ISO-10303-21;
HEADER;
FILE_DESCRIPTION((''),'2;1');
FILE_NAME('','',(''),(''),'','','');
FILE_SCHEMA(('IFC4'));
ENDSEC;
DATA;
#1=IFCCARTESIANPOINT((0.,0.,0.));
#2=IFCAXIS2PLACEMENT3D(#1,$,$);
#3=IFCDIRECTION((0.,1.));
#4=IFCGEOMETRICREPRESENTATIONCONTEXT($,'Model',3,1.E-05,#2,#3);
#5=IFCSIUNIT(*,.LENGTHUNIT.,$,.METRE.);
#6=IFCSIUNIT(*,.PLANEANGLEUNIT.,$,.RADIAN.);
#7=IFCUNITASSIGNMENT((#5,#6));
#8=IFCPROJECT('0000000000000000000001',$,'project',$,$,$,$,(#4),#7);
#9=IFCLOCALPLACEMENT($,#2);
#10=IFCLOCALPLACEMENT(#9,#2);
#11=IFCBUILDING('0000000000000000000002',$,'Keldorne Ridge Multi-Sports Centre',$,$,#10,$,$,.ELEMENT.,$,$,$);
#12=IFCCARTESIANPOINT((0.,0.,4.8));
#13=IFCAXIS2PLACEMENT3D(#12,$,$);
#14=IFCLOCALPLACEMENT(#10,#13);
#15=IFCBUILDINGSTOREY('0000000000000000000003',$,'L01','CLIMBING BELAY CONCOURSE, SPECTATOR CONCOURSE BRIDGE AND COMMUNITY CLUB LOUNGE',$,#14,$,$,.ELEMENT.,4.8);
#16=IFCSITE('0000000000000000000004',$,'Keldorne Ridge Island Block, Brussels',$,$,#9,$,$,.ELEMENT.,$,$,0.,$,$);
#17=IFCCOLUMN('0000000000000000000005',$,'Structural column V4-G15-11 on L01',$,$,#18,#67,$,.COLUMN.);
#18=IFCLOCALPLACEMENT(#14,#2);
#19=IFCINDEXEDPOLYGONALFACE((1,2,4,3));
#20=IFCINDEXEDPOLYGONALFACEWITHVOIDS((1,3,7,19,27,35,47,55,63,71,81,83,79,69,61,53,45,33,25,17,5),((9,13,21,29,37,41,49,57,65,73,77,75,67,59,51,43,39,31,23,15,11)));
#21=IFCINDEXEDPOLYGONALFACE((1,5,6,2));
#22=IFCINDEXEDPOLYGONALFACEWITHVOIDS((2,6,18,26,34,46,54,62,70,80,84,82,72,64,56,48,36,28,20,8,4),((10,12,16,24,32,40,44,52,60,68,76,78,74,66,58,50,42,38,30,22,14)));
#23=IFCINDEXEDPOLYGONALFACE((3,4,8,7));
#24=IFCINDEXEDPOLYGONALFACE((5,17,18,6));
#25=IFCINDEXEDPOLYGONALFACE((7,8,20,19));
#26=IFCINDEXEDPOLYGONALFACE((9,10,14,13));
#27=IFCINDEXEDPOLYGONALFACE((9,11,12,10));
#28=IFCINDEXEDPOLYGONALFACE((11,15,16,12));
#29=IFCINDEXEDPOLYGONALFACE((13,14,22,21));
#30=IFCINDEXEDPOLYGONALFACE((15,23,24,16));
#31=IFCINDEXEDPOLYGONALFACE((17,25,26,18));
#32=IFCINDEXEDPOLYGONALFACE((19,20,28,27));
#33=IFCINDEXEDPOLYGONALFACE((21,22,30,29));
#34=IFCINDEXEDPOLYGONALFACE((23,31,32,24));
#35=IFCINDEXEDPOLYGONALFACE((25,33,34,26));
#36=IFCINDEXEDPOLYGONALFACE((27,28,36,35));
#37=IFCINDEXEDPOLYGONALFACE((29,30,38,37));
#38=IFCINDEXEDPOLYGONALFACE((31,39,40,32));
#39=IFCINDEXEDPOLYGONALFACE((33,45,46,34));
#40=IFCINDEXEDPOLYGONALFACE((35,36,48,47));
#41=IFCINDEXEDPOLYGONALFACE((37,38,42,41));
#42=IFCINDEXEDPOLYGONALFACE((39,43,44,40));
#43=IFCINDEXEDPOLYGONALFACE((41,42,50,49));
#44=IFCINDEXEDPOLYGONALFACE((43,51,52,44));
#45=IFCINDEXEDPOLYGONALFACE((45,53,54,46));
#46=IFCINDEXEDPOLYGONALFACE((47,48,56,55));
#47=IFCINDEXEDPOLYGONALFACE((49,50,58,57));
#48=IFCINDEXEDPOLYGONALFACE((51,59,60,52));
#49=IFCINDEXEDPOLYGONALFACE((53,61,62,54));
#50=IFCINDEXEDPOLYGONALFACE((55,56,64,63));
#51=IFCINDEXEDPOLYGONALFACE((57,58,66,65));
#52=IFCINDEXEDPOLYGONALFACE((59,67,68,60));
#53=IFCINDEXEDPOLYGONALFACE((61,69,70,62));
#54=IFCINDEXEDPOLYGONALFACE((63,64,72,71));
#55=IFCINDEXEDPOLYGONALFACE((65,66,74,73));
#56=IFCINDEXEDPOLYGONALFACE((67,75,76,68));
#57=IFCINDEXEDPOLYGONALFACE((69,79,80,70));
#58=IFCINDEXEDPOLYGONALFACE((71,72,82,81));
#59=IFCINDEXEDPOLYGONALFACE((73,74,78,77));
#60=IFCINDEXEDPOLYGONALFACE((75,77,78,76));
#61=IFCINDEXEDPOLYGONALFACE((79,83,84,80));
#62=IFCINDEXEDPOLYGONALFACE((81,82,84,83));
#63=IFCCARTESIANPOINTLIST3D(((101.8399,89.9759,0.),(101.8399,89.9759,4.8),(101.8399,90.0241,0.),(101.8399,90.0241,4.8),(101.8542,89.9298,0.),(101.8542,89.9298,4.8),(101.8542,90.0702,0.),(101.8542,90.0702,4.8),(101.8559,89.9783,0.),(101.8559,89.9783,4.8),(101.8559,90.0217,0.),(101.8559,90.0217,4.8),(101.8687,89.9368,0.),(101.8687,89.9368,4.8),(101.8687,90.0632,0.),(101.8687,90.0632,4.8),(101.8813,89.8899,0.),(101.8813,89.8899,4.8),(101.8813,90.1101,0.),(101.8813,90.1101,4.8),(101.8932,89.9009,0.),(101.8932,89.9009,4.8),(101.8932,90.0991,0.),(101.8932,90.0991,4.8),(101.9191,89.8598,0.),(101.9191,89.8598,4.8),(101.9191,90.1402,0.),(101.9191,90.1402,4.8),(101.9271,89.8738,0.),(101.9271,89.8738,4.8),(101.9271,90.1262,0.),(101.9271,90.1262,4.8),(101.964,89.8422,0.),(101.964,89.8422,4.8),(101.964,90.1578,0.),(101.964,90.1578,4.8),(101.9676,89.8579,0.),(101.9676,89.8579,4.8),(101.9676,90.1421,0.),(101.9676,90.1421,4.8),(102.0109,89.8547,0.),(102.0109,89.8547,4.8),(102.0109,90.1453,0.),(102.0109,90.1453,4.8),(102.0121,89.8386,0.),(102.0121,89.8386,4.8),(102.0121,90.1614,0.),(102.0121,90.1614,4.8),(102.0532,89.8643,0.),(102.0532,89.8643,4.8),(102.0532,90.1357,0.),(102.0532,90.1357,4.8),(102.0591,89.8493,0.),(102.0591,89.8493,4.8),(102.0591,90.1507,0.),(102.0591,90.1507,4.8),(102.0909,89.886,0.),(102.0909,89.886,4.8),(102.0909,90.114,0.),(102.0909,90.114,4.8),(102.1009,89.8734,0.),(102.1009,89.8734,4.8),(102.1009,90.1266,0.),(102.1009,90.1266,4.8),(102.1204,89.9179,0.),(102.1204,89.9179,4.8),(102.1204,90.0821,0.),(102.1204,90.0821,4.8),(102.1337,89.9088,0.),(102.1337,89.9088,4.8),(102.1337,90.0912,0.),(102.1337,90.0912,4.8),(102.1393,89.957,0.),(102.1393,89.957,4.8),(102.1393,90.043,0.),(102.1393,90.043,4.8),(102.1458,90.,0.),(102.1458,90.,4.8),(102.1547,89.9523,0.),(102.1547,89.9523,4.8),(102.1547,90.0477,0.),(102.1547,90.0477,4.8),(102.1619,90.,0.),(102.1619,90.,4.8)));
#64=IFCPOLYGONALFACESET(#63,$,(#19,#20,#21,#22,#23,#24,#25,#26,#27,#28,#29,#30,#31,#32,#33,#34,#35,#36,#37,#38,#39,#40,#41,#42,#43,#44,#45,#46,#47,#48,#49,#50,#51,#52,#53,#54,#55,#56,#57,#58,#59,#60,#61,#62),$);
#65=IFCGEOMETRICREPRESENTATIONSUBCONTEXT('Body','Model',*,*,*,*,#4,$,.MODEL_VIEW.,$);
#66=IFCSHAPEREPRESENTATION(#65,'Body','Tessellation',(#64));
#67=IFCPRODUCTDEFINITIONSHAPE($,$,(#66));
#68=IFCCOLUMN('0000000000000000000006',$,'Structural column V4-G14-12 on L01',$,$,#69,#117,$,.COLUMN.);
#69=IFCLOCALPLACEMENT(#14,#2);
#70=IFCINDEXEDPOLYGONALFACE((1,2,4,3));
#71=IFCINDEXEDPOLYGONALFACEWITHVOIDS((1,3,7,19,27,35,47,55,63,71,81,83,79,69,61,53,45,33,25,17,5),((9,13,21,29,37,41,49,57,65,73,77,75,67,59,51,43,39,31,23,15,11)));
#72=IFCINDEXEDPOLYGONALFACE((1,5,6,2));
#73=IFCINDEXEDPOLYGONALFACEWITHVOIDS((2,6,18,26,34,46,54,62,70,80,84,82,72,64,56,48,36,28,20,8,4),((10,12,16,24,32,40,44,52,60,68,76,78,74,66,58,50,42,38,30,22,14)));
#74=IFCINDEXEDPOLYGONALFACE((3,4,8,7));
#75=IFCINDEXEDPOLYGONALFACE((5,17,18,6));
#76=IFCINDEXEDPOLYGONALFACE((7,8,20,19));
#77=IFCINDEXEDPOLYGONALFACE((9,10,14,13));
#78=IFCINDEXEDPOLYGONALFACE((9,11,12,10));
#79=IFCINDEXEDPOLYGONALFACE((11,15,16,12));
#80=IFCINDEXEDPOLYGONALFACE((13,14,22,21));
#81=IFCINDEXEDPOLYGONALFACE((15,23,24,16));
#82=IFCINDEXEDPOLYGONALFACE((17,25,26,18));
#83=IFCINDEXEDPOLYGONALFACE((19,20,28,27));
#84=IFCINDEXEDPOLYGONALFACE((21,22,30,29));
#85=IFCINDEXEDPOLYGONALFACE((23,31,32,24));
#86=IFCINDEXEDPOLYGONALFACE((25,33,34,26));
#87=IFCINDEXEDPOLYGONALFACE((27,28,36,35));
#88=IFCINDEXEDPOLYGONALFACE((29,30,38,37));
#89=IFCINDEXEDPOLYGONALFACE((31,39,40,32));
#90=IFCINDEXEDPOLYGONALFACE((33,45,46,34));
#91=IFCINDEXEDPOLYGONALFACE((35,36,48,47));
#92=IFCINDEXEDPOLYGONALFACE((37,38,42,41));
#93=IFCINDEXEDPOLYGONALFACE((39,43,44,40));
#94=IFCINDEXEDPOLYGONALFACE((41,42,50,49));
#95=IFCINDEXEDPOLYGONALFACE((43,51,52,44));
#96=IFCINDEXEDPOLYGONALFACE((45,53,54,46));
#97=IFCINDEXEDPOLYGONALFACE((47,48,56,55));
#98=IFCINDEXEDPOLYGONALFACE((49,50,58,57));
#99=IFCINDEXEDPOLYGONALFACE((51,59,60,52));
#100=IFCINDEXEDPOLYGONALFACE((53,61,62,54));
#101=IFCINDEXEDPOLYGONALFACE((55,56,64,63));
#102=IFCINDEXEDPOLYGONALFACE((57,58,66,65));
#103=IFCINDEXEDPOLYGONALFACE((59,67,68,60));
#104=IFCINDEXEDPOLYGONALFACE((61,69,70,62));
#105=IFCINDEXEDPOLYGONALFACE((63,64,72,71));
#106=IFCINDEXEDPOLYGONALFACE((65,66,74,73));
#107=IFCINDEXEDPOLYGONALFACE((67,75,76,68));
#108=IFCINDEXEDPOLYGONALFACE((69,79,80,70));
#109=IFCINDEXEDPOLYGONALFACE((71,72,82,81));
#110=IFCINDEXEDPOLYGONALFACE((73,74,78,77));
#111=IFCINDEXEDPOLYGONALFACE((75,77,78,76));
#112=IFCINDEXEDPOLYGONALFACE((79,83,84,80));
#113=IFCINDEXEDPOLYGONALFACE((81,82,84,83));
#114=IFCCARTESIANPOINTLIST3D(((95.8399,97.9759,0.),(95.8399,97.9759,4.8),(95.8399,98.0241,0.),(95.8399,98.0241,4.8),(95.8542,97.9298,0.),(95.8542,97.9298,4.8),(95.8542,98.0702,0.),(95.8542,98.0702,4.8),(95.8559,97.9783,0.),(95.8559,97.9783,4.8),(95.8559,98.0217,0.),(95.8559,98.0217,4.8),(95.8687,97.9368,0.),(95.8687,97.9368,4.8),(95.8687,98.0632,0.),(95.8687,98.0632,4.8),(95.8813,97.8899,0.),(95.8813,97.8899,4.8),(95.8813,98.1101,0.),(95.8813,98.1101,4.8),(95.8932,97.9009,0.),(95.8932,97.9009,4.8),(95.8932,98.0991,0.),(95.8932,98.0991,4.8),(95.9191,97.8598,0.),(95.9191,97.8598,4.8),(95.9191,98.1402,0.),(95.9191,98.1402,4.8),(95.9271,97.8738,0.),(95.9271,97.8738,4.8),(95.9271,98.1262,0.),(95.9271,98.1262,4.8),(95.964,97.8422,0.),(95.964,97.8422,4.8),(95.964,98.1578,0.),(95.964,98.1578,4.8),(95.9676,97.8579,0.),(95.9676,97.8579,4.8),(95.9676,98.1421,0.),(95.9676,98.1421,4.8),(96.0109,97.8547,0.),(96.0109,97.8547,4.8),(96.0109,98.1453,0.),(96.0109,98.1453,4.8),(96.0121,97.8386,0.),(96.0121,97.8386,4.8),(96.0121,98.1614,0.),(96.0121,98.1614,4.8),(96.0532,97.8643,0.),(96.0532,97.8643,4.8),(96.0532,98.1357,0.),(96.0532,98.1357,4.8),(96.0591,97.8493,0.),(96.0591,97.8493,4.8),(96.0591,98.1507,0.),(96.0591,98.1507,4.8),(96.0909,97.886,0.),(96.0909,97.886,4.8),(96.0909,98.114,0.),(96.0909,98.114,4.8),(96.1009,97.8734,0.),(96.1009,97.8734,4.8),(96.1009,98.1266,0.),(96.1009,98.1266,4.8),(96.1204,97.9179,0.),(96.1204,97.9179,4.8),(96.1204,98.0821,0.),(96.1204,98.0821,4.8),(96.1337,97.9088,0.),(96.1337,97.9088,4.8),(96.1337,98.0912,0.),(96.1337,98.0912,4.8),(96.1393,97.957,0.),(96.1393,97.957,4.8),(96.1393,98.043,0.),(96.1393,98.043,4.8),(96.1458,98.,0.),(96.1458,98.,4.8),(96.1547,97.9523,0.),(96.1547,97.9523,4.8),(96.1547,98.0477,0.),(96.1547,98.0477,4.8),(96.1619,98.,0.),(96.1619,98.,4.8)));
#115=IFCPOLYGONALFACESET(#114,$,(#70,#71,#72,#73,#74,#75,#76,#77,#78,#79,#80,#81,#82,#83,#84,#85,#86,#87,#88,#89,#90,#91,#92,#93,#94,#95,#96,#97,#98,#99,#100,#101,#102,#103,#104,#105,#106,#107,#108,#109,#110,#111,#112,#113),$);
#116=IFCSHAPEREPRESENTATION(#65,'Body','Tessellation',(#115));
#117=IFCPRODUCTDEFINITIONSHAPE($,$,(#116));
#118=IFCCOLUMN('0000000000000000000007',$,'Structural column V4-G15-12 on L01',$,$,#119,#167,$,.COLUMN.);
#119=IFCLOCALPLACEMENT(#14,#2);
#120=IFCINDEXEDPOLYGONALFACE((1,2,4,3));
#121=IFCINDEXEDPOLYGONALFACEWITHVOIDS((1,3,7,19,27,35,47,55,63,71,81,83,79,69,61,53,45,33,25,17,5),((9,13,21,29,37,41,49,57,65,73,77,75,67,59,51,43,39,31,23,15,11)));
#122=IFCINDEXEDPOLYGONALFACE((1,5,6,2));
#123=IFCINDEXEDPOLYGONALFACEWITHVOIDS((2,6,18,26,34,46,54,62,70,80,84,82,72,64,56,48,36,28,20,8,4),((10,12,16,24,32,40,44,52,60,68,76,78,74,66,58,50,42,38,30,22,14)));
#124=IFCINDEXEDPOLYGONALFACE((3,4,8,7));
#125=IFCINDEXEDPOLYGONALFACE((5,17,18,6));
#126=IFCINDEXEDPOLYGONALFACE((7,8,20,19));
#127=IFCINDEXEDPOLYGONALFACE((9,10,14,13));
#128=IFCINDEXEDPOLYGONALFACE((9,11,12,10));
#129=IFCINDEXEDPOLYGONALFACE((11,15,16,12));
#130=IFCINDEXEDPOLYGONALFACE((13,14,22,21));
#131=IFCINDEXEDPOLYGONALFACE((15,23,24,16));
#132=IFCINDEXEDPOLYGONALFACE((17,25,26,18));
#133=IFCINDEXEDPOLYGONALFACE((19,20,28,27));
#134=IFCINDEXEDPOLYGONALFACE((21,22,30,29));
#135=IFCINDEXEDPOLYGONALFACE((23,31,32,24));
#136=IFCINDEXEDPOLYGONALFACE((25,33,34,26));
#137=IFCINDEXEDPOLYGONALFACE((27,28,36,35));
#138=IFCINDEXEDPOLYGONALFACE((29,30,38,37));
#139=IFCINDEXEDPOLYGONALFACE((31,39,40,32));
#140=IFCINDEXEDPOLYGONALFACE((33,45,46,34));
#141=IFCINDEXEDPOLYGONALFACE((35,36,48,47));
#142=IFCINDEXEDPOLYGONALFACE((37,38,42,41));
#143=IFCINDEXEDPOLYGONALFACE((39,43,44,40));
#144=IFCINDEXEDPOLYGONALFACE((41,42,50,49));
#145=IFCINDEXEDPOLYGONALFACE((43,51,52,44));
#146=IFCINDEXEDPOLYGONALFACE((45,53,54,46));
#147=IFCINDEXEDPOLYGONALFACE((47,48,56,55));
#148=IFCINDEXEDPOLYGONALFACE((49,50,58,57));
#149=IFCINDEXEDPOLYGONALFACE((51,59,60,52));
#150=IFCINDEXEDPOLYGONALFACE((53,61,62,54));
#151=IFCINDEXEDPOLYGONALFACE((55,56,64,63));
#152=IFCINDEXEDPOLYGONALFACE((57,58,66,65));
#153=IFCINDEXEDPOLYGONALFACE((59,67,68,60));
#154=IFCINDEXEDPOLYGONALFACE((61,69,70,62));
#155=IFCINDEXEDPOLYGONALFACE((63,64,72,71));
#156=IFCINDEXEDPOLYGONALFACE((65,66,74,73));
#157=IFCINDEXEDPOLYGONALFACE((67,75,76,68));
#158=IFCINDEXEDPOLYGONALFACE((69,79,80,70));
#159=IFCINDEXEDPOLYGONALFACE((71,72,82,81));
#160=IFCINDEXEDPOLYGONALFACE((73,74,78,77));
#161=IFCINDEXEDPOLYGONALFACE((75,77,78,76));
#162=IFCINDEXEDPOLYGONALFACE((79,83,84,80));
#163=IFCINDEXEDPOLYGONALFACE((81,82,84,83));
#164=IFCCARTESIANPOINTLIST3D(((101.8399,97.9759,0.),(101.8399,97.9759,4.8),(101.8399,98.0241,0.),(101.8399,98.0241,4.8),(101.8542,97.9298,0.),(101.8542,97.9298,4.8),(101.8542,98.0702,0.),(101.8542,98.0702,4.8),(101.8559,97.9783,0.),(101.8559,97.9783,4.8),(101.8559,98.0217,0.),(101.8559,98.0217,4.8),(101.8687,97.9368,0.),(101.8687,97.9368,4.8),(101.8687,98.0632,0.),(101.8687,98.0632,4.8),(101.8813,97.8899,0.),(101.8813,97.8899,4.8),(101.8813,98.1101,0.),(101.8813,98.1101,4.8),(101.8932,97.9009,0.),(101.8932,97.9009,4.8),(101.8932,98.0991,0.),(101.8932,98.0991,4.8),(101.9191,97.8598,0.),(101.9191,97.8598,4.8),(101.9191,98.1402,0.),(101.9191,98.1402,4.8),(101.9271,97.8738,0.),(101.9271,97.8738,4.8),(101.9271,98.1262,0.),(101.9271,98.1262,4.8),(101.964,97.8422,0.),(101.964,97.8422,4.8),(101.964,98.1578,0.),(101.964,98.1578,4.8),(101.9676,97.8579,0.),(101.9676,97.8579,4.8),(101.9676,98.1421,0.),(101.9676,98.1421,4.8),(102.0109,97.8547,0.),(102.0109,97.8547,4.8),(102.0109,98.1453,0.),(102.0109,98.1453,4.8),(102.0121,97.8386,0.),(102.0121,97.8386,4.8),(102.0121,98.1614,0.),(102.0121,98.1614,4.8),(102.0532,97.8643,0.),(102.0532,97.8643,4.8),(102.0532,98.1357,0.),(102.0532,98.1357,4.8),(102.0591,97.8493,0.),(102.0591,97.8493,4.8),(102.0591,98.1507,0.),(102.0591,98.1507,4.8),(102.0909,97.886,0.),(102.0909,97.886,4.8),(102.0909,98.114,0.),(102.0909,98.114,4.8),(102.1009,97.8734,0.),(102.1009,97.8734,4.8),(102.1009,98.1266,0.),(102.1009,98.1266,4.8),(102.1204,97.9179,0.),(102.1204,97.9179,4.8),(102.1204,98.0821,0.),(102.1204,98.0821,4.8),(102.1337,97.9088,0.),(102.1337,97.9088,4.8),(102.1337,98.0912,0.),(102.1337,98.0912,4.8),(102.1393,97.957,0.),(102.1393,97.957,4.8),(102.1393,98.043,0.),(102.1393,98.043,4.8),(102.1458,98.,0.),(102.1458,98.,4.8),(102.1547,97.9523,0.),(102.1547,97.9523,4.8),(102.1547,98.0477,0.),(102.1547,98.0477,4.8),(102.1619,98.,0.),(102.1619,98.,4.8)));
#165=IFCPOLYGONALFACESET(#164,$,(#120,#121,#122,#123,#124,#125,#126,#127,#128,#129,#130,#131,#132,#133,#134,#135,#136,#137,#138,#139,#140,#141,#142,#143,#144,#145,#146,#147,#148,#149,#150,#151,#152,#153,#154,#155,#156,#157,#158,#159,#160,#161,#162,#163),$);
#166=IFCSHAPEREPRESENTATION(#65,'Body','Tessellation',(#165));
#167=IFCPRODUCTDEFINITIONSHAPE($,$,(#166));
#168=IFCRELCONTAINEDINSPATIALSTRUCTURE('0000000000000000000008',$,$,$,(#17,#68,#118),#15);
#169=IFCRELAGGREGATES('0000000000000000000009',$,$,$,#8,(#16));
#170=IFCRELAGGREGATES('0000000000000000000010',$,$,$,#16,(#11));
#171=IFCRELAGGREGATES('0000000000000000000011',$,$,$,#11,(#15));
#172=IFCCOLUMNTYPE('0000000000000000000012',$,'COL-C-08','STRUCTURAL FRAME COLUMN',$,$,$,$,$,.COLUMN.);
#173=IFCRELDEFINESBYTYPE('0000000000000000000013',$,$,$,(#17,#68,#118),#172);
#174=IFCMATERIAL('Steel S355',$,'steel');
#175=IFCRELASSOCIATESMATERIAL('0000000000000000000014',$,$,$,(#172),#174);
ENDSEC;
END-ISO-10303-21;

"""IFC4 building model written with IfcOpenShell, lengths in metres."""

from ifc_helpers import new_model, si_unit, direction, frame, origin, origin_2d, place, context, subcontext, project, spatial, hollow_circle, extrude, material, material_profile, profile_set, type_object, element, save


model = new_model("IFC4")

# Units and contexts
model_context = context("Model", 3, precision=1e-05, world=origin(), true_north=direction((0.0, 1.0)))
body_context = subcontext(model_context, "Body", "Model", "MODEL_VIEW")
ifc_project = project(units=[si_unit("LENGTHUNIT", "METRE"), si_unit("PLANEANGLEUNIT", "RADIAN")], contexts=[model_context])

# Site, building, storey
site_placement = place(None, origin())
site = spatial("IfcSite", under=ifc_project, at=site_placement, Name="Keldorne Ridge Island Block, Brussels", CompositionType="ELEMENT", RefElevation=0.0)
building_placement = place(site_placement, origin())
building = spatial("IfcBuilding", under=site, at=building_placement, Name="Keldorne Ridge Multi-Sports Centre", CompositionType="ELEMENT")
storey_placement = place(building_placement, frame((0.0, 0.0, 4.8)))
storey = spatial("IfcBuildingStorey", under=building, at=storey_placement, Name="L01", Description="CLIMBING BELAY CONCOURSE, SPECTATOR CONCOURSE BRIDGE AND COMMUNITY CLUB LOUNGE", CompositionType="ELEMENT", Elevation=4.8)

# Columns
ifc_material_1 = material(Name="Steel S355", Category="steel")
ifc_material_profile_1 = material_profile(ifc_material_1, hollow_circle(Radius=0.1619, WallThickness=0.0161, at=origin_2d()), Name="CHS 323.9x16")
ifc_profile_set_1 = profile_set([ifc_material_profile_1], Name="Steel S355")
column_type_1 = type_object("IfcColumnType", Name="COL-C-08", Description="STRUCTURAL FRAME COLUMN", PredefinedType="COLUMN", material=ifc_profile_set_1)
for number, where, z_axis, x_axis, name in (
    (1, (102.0, 90.0, 0.0), (0.0, 0.0, 1.0), (1.0, 0.0, 0.0), "Structural column V4-G15-11 on L01"),
    (2, (96.0, 98.0, 0.0), (0.0, 0.0, 1.0), (1.0, 0.0, 0.0), "Structural column V4-G14-12 on L01"),
    (3, (102.0, 98.0, 0.0), (0.0, 0.0, 1.0), (1.0, 0.0, 0.0), "Structural column V4-G15-12 on L01"),
):
    element("IfcColumn", number, at=place(storey_placement, frame(where, z_axis=z_axis, x_axis=x_axis)), inside=storey, type_object=column_type_1, Name=name, PredefinedType="COLUMN", context=body_context, shape_type="SweptSolid", body=[
        extrude(hollow_circle(Radius=0.1619, WallThickness=0.0161, at=origin_2d()), origin(), (0.0, 0.0, 1.0), 4.8),
    ])

save(model, "model.ifc")
